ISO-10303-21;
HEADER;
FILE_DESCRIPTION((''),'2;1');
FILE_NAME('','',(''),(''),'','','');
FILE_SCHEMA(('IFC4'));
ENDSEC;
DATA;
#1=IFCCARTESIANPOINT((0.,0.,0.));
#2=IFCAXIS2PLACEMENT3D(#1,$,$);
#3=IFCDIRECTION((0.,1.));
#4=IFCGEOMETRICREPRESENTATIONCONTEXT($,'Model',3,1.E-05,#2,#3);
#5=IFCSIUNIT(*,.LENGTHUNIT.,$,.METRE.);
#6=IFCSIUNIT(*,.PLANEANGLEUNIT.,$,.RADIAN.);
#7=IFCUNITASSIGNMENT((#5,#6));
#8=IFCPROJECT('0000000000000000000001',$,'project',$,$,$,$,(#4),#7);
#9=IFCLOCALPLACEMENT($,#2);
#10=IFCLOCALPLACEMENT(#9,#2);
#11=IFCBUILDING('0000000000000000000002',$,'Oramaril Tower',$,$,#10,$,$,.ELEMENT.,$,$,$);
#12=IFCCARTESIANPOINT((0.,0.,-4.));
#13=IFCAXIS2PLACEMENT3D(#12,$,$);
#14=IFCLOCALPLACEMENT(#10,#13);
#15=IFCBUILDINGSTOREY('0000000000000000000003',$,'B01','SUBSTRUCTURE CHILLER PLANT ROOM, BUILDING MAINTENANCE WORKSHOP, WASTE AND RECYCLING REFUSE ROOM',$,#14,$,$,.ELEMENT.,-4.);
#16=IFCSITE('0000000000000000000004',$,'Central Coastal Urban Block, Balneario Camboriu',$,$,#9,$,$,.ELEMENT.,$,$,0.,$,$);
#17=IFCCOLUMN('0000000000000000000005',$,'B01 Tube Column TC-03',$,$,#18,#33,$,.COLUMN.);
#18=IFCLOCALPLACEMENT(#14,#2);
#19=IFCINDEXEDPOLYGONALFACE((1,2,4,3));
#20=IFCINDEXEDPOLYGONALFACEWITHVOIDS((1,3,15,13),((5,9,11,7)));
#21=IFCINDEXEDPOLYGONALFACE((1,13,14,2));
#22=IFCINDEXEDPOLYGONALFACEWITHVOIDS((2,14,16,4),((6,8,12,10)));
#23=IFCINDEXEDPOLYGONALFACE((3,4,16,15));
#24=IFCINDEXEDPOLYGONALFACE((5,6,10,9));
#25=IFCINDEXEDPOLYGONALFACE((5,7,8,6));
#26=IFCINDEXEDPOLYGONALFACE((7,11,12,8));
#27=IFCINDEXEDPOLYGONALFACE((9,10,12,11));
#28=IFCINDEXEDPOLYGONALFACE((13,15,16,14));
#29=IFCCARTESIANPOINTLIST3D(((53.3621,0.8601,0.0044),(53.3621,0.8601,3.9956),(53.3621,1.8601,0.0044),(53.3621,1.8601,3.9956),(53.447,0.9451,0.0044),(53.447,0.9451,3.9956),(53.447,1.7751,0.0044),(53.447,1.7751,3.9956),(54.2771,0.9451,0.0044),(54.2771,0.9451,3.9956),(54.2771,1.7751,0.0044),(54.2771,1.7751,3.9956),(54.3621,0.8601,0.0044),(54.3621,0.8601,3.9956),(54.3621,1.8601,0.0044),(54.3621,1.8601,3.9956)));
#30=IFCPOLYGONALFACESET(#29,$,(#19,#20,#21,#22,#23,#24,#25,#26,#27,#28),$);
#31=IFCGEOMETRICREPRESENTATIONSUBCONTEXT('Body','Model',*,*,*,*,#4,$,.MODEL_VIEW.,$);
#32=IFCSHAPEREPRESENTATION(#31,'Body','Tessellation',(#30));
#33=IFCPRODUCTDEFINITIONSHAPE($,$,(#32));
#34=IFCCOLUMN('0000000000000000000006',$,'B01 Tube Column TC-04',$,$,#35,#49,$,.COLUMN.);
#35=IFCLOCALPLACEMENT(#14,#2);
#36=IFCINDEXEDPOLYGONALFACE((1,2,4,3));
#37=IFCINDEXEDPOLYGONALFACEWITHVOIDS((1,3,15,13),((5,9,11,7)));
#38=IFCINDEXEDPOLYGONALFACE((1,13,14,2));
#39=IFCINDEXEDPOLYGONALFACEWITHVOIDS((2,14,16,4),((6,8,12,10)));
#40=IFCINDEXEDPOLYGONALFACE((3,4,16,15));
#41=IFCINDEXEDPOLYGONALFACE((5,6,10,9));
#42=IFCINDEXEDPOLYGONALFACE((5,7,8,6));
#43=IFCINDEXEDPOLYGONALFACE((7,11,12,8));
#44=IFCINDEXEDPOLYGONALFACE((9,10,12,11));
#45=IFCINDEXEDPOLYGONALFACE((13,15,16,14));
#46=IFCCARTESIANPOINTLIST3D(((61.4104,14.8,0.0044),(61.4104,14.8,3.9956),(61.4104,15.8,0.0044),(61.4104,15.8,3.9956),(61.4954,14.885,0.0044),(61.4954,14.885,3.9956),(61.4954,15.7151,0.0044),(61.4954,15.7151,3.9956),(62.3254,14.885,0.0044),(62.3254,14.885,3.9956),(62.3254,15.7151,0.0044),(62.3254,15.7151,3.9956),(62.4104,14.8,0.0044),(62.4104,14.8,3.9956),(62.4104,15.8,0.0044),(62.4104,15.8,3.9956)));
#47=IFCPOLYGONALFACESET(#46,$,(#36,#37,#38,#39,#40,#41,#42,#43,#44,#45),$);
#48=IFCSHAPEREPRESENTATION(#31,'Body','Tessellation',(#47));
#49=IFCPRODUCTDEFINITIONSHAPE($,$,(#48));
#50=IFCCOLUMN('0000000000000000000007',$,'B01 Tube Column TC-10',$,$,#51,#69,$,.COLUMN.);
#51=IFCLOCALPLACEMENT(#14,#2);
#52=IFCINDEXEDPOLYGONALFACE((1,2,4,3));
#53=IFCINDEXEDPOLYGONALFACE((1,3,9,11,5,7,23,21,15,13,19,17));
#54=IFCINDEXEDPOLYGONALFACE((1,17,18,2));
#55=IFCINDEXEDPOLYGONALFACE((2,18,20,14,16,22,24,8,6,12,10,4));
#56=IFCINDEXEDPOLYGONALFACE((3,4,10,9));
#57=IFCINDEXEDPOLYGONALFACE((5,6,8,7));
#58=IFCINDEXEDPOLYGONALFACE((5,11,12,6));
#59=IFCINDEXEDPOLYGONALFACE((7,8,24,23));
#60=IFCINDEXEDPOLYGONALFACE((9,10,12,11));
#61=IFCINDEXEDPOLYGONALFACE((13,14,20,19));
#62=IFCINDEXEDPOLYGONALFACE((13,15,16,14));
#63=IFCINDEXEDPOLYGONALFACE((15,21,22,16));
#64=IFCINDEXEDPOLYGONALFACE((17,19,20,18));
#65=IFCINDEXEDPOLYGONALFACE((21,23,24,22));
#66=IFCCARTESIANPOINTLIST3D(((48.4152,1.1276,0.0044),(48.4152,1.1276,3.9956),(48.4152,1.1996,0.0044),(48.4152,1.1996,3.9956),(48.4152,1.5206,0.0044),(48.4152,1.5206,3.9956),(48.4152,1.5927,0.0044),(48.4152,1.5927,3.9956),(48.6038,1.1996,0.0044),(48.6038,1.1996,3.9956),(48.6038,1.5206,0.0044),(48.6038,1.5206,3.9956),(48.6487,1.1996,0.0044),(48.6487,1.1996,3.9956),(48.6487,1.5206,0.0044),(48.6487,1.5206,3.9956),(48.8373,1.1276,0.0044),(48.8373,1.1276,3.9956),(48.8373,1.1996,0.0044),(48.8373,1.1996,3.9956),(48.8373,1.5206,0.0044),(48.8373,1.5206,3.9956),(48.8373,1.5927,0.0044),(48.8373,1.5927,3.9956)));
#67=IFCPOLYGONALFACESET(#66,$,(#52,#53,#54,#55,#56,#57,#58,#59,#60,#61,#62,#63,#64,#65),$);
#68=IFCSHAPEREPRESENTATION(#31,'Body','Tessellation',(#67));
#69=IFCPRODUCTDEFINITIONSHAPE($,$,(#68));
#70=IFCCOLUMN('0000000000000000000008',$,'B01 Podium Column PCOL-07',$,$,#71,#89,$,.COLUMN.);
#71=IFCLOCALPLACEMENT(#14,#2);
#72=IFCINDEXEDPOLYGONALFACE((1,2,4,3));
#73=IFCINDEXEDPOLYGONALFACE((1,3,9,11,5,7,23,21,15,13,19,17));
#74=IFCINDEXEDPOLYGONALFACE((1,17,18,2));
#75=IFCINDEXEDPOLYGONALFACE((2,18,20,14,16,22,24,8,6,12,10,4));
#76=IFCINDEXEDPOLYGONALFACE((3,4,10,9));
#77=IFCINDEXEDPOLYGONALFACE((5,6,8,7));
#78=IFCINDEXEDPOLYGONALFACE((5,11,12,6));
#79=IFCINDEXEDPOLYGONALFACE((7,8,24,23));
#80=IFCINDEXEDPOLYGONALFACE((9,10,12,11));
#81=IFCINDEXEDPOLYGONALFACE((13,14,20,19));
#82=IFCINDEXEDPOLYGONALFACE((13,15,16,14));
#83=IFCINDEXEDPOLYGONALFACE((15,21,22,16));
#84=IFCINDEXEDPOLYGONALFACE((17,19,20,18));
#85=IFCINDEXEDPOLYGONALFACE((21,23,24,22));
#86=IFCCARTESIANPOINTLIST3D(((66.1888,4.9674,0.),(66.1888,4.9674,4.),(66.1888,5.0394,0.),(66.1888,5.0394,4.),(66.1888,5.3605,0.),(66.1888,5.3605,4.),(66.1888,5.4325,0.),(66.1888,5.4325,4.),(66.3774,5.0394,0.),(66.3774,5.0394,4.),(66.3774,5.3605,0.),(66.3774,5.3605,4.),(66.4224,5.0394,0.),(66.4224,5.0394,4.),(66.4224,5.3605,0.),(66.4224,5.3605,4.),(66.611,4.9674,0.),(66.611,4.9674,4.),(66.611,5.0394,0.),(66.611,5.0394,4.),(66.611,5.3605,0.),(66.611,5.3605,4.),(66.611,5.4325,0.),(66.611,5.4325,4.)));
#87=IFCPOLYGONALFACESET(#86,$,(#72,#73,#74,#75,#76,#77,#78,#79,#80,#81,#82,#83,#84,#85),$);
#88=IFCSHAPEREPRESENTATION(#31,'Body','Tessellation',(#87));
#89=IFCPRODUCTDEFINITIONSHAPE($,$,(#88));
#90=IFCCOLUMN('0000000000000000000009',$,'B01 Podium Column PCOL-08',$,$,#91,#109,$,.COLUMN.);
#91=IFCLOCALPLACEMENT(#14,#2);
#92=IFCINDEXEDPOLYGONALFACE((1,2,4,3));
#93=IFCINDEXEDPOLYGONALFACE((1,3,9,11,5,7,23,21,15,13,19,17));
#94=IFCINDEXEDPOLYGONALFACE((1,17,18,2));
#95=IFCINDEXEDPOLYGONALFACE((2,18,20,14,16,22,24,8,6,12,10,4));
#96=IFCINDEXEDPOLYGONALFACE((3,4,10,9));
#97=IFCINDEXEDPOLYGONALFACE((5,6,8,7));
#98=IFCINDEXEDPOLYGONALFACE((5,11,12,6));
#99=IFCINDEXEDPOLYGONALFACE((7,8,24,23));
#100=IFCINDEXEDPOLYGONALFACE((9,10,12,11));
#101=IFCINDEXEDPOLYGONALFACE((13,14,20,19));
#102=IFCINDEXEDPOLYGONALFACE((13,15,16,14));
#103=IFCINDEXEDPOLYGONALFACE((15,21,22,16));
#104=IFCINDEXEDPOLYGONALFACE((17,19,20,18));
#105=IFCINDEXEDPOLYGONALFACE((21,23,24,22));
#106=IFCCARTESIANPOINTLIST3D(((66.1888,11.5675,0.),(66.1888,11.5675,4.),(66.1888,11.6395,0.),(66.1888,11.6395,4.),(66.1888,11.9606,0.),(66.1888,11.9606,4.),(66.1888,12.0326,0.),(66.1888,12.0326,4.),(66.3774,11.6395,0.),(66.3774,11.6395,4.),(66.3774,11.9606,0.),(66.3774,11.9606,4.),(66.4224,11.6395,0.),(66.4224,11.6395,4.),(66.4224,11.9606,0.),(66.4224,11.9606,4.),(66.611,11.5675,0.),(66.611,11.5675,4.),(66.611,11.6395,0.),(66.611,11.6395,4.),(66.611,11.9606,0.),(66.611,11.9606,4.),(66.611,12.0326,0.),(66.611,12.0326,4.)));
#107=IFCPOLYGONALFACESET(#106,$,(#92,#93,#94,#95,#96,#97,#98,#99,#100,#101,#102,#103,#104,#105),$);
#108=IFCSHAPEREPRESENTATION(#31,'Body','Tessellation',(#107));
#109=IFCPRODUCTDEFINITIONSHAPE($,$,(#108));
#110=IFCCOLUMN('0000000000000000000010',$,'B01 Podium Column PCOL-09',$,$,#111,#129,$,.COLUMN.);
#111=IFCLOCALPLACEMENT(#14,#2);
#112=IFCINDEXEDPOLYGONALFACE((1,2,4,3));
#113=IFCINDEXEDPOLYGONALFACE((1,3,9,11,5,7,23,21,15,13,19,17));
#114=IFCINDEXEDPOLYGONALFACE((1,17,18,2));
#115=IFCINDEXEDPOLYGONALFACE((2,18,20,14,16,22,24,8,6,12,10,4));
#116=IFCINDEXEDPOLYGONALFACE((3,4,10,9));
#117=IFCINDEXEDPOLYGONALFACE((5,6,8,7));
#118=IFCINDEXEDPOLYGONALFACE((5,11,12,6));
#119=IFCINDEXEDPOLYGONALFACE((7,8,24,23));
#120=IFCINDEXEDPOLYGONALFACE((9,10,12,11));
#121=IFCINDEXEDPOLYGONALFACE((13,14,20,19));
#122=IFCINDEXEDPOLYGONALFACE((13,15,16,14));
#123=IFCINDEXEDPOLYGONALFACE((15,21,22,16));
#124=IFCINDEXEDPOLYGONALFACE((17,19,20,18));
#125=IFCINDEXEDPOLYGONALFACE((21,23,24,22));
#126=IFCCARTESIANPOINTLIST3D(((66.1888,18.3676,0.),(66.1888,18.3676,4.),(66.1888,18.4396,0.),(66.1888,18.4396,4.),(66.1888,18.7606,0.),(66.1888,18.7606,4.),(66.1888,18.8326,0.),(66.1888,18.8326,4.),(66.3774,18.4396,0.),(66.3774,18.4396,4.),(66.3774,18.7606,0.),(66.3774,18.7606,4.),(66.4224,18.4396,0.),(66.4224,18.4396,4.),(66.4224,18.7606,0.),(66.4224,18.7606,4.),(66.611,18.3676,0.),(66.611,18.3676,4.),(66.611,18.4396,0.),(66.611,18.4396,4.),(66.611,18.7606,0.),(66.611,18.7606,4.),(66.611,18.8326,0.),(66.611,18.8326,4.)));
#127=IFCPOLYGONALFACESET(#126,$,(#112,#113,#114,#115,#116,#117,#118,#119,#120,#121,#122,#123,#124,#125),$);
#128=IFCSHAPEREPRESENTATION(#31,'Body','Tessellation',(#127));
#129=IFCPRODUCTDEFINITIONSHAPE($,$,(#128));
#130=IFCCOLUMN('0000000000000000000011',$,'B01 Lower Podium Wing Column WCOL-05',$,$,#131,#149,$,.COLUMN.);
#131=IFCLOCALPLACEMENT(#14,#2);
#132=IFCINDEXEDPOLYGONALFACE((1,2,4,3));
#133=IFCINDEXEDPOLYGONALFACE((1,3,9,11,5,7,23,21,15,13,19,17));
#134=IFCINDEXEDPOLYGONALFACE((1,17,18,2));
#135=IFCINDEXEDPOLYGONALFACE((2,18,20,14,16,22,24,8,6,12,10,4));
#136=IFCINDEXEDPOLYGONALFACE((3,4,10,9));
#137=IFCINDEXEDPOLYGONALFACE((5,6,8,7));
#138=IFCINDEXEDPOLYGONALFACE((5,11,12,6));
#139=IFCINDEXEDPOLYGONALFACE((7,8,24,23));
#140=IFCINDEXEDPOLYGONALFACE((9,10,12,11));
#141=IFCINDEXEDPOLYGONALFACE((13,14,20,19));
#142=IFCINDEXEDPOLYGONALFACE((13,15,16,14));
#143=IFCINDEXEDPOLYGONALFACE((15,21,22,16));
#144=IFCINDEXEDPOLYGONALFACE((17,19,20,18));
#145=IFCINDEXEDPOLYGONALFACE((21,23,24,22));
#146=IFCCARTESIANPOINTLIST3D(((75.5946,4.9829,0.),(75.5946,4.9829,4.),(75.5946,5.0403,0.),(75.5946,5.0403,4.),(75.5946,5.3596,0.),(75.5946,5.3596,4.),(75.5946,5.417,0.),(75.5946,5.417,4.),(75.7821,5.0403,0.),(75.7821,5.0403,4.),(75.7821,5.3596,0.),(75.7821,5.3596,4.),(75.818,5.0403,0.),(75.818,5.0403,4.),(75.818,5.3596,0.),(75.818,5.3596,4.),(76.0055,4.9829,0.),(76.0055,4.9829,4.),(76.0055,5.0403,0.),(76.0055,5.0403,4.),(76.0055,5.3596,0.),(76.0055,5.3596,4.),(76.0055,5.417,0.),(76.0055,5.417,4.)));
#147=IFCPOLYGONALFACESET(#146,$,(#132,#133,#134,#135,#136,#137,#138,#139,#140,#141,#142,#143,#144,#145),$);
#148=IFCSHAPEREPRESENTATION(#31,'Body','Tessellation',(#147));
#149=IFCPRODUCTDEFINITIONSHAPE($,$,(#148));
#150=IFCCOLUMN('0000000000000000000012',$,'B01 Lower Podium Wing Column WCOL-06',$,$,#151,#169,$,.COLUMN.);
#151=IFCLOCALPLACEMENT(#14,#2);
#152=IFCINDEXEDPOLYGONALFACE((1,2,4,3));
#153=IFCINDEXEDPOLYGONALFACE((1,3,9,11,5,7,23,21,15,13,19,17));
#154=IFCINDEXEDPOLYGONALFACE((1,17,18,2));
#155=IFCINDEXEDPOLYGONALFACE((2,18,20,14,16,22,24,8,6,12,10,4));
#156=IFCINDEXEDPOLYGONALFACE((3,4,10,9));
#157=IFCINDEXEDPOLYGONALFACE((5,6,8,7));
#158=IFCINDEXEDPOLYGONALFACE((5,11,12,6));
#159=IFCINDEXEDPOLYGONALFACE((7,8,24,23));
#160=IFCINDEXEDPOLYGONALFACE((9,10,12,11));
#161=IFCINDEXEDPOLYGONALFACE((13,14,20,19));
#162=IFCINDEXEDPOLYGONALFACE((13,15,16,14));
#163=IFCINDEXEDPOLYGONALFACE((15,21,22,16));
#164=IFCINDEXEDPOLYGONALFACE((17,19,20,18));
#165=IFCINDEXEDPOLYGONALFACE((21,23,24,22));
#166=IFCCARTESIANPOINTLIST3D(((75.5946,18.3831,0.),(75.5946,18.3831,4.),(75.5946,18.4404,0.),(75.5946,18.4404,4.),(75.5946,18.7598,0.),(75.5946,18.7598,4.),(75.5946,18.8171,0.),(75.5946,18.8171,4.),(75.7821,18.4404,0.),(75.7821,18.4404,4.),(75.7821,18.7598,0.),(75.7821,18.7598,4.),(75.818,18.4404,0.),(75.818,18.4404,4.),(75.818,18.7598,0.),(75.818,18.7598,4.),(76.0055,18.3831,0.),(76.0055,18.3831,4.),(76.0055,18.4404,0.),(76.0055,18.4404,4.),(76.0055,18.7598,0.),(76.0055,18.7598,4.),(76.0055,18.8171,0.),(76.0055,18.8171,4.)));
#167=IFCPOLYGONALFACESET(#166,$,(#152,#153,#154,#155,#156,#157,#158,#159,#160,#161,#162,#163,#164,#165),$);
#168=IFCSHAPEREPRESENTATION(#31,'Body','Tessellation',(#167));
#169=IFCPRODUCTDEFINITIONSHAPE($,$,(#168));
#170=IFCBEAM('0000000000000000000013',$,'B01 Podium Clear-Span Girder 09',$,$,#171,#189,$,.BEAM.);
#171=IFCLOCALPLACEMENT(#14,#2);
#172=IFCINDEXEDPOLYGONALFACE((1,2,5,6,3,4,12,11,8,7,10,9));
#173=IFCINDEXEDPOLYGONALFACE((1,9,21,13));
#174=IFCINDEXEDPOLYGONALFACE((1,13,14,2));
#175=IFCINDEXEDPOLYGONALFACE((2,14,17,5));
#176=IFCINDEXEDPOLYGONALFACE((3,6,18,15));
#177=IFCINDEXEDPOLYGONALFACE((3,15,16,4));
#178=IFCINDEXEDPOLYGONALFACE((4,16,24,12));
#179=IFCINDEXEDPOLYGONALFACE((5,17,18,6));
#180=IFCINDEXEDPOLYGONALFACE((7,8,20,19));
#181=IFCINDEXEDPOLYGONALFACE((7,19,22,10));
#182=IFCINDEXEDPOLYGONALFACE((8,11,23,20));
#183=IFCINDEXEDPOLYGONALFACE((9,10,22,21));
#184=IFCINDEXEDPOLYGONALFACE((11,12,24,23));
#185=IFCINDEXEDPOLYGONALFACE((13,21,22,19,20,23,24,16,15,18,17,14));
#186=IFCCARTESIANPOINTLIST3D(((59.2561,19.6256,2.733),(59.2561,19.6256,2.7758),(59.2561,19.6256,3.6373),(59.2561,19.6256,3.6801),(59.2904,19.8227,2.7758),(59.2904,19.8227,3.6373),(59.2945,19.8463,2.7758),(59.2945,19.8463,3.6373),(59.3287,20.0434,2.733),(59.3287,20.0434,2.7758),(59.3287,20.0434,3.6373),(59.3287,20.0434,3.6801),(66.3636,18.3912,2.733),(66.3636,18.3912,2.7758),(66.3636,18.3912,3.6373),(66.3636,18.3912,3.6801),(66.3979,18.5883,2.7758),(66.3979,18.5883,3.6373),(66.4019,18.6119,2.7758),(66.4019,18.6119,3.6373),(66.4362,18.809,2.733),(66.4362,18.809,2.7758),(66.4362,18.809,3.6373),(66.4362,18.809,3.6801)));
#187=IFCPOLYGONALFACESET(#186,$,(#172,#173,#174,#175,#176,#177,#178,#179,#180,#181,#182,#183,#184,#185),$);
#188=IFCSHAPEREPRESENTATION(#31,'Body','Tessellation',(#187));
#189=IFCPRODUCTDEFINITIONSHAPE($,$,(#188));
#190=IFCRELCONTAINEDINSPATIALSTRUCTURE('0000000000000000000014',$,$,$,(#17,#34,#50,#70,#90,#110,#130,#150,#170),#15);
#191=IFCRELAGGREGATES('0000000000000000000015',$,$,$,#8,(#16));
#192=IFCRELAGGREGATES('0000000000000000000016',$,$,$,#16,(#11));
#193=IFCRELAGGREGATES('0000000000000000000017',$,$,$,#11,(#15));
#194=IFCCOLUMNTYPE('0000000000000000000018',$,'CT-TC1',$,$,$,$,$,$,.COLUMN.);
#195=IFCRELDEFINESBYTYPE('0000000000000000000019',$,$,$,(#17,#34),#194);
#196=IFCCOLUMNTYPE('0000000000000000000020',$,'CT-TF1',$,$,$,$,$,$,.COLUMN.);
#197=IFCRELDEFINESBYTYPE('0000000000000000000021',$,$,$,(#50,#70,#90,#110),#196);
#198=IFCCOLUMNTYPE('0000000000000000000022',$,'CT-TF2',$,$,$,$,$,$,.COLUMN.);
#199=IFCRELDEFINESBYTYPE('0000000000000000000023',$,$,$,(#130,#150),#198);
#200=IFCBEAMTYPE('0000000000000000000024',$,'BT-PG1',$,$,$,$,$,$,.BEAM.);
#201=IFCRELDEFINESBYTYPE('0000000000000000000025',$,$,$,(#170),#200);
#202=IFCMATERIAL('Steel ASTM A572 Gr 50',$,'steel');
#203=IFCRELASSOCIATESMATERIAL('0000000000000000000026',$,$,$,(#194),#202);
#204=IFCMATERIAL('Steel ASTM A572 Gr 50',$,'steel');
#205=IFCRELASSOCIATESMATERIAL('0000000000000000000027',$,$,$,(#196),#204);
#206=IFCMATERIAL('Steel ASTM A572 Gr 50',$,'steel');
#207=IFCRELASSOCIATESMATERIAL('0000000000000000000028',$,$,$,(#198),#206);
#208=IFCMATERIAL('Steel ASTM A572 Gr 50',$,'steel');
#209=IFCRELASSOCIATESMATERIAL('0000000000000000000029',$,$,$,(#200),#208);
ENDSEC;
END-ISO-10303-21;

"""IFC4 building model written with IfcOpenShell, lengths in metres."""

from ifc_helpers import new_model, si_unit, direction, frame, origin, origin_2d, place, context, subcontext, project, spatial, hollow_rectangle, i_section, extrude, material, material_profile, profile_set, type_object, element, save


model = new_model("IFC4")

# Units and contexts
model_context = context("Model", 3, precision=1e-05, world=origin(), true_north=direction((0.0, 1.0)))
body_context = subcontext(model_context, "Body", "Model", "MODEL_VIEW")
ifc_project = project(units=[si_unit("LENGTHUNIT", "METRE"), si_unit("PLANEANGLEUNIT", "RADIAN")], contexts=[model_context])

# Site, building, storey
site_placement = place(None, origin())
site = spatial("IfcSite", under=ifc_project, at=site_placement, Name="Central Coastal Urban Block, Balneario Camboriu", CompositionType="ELEMENT", RefElevation=0.0)
building_placement = place(site_placement, origin())
building = spatial("IfcBuilding", under=site, at=building_placement, Name="Oramaril Tower", CompositionType="ELEMENT")
storey_placement = place(building_placement, frame((0.0, 0.0, -4.0)))
storey = spatial("IfcBuildingStorey", under=building, at=storey_placement, Name="B01", Description="SUBSTRUCTURE CHILLER PLANT ROOM, BUILDING MAINTENANCE WORKSHOP, WASTE AND RECYCLING REFUSE ROOM", CompositionType="ELEMENT", Elevation=-4.0)

# Columns
ifc_material_1 = material(Name="Steel ASTM A572 Gr 50", Category="steel")
ifc_material_profile_1 = material_profile(ifc_material_1, hollow_rectangle(XDim=1.0, YDim=1.0, WallThickness=0.085, at=origin_2d()), Name="BOX1000X1000X85")
ifc_profile_set_1 = profile_set([ifc_material_profile_1], Name="Steel ASTM A572 Gr 50")
column_type_1 = type_object("IfcColumnType", Name="CT-TC1", PredefinedType="COLUMN", material=ifc_profile_set_1)
for number, where, z_axis, x_axis, name in (
    (1, (53.8621, 1.3601, 0.0044), (0.0, 0.0, 1.0), (1.0, 0.0, 0.0), "B01 Tube Column TC-03"),
    (2, (61.9104, 15.3, 0.0044), (0.0, 0.0, 1.0), (1.0, 0.0, 0.0), "B01 Tube Column TC-04"),
):
    element("IfcColumn", number, at=place(storey_placement, frame(where, z_axis=z_axis, x_axis=x_axis)), inside=storey, type_object=column_type_1, Name=name, PredefinedType="COLUMN", context=body_context, shape_type="SweptSolid", body=[
        extrude(hollow_rectangle(XDim=1.0, YDim=1.0, WallThickness=0.085, at=origin_2d()), origin(), (0.0, 0.0, 1.0), 3.9912),
    ])
ifc_material_2 = material(Name="Steel ASTM A572 Gr 50", Category="steel")
ifc_material_profile_2 = material_profile(ifc_material_2, i_section(OverallWidth=0.4221, OverallDepth=0.4651, WebThickness=0.0449, FlangeThickness=0.072, at=origin_2d()), Name="W14X398")
ifc_profile_set_2 = profile_set([ifc_material_profile_2], Name="Steel ASTM A572 Gr 50")
column_type_2 = type_object("IfcColumnType", Name="CT-TF1", PredefinedType="COLUMN", material=ifc_profile_set_2)
column_placement = place(storey_placement, frame((48.6262, 1.3601, 0.0044), z_axis=(0.0, 0.0, 1.0), x_axis=(1.0, 0.0, 0.0)))
element("IfcColumn", 3, at=column_placement, inside=storey, type_object=column_type_2, Name="B01 Tube Column TC-10", PredefinedType="COLUMN", context=body_context, shape_type="SweptSolid", body=[
    extrude(i_section(OverallWidth=0.4221, OverallDepth=0.4651, WebThickness=0.0449, FlangeThickness=0.072, at=origin_2d()), origin(), (0.0, 0.0, 1.0), 3.9912),
])
for number, where, z_axis, x_axis, name in (
    (4, (66.3999, 5.2, 0.0), (0.0, 0.0, 1.0), (1.0, 0.0, 0.0), "B01 Podium Column PCOL-07"),
    (5, (66.3999, 11.8, 0.0), (0.0, 0.0, 1.0), (1.0, 0.0, 0.0), "B01 Podium Column PCOL-08"),
    (6, (66.3999, 18.6001, 0.0), (0.0, 0.0, 1.0), (1.0, 0.0, 0.0), "B01 Podium Column PCOL-09"),
):
    element("IfcColumn", number, at=place(storey_placement, frame(where, z_axis=z_axis, x_axis=x_axis)), inside=storey, type_object=column_type_2, Name=name, PredefinedType="COLUMN", context=body_context, shape_type="SweptSolid", body=[
        extrude(i_section(OverallWidth=0.4221, OverallDepth=0.4651, WebThickness=0.0449, FlangeThickness=0.072, at=origin_2d()), origin(), (0.0, 0.0, 1.0), 4.0),
    ])
ifc_material_3 = material(Name="Steel ASTM A572 Gr 50", Category="steel")
ifc_material_profile_3 = material_profile(ifc_material_3, i_section(OverallWidth=0.4109, OverallDepth=0.4341, WebThickness=0.0359, FlangeThickness=0.0574, at=origin_2d()), Name="W14X311")
ifc_profile_set_3 = profile_set([ifc_material_profile_3], Name="Steel ASTM A572 Gr 50")
column_type_3 = type_object("IfcColumnType", Name="CT-TF2", PredefinedType="COLUMN", material=ifc_profile_set_3)
for number, where, z_axis, x_axis, name in (
    (7, (75.8, 5.2, 0.0), (0.0, 0.0, 1.0), (1.0, 0.0, 0.0), "B01 Lower Podium Wing Column WCOL-05"),
    (8, (75.8, 18.6001, 0.0), (0.0, 0.0, 1.0), (1.0, 0.0, 0.0), "B01 Lower Podium Wing Column WCOL-06"),
):
    element("IfcColumn", number, at=place(storey_placement, frame(where, z_axis=z_axis, x_axis=x_axis)), inside=storey, type_object=column_type_3, Name=name, PredefinedType="COLUMN", context=body_context, shape_type="SweptSolid", body=[
        extrude(i_section(OverallWidth=0.4109, OverallDepth=0.4341, WebThickness=0.0359, FlangeThickness=0.0574, at=origin_2d()), origin(), (0.0, 0.0, 1.0), 4.0),
    ])

# Beam
ifc_material_4 = material(Name="Steel ASTM A572 Gr 50", Category="steel")
ifc_material_profile_4 = material_profile(ifc_material_4, i_section(OverallWidth=0.4241, OverallDepth=0.947, WebThickness=0.0239, FlangeThickness=0.0427, at=origin_2d()), Name="W36X302")
ifc_profile_set_4 = profile_set([ifc_material_profile_4], Name="Steel ASTM A572 Gr 50")
beam_type_1 = type_object("IfcBeamType", Name="BT-PG1", PredefinedType="BEAM", material=ifc_profile_set_4)
beam_1_placement = place(storey_placement, frame((66.3999, 18.6001, 3.2065), z_axis=(-0.985251, 0.171113, 0.0), x_axis=(-0.171113, -0.985251, 0.0)))
element("IfcBeam", 9, at=beam_1_placement, inside=storey, type_object=beam_type_1, Name="B01 Podium Clear-Span Girder 09", PredefinedType="BEAM", context=body_context, shape_type="SweptSolid", body=[
    extrude(i_section(OverallWidth=0.4241, OverallDepth=0.947, WebThickness=0.0239, FlangeThickness=0.0427, at=origin_2d()), origin(), (0.0, 0.0, 1.0), 7.2139),
])

save(model, "model.ifc")
